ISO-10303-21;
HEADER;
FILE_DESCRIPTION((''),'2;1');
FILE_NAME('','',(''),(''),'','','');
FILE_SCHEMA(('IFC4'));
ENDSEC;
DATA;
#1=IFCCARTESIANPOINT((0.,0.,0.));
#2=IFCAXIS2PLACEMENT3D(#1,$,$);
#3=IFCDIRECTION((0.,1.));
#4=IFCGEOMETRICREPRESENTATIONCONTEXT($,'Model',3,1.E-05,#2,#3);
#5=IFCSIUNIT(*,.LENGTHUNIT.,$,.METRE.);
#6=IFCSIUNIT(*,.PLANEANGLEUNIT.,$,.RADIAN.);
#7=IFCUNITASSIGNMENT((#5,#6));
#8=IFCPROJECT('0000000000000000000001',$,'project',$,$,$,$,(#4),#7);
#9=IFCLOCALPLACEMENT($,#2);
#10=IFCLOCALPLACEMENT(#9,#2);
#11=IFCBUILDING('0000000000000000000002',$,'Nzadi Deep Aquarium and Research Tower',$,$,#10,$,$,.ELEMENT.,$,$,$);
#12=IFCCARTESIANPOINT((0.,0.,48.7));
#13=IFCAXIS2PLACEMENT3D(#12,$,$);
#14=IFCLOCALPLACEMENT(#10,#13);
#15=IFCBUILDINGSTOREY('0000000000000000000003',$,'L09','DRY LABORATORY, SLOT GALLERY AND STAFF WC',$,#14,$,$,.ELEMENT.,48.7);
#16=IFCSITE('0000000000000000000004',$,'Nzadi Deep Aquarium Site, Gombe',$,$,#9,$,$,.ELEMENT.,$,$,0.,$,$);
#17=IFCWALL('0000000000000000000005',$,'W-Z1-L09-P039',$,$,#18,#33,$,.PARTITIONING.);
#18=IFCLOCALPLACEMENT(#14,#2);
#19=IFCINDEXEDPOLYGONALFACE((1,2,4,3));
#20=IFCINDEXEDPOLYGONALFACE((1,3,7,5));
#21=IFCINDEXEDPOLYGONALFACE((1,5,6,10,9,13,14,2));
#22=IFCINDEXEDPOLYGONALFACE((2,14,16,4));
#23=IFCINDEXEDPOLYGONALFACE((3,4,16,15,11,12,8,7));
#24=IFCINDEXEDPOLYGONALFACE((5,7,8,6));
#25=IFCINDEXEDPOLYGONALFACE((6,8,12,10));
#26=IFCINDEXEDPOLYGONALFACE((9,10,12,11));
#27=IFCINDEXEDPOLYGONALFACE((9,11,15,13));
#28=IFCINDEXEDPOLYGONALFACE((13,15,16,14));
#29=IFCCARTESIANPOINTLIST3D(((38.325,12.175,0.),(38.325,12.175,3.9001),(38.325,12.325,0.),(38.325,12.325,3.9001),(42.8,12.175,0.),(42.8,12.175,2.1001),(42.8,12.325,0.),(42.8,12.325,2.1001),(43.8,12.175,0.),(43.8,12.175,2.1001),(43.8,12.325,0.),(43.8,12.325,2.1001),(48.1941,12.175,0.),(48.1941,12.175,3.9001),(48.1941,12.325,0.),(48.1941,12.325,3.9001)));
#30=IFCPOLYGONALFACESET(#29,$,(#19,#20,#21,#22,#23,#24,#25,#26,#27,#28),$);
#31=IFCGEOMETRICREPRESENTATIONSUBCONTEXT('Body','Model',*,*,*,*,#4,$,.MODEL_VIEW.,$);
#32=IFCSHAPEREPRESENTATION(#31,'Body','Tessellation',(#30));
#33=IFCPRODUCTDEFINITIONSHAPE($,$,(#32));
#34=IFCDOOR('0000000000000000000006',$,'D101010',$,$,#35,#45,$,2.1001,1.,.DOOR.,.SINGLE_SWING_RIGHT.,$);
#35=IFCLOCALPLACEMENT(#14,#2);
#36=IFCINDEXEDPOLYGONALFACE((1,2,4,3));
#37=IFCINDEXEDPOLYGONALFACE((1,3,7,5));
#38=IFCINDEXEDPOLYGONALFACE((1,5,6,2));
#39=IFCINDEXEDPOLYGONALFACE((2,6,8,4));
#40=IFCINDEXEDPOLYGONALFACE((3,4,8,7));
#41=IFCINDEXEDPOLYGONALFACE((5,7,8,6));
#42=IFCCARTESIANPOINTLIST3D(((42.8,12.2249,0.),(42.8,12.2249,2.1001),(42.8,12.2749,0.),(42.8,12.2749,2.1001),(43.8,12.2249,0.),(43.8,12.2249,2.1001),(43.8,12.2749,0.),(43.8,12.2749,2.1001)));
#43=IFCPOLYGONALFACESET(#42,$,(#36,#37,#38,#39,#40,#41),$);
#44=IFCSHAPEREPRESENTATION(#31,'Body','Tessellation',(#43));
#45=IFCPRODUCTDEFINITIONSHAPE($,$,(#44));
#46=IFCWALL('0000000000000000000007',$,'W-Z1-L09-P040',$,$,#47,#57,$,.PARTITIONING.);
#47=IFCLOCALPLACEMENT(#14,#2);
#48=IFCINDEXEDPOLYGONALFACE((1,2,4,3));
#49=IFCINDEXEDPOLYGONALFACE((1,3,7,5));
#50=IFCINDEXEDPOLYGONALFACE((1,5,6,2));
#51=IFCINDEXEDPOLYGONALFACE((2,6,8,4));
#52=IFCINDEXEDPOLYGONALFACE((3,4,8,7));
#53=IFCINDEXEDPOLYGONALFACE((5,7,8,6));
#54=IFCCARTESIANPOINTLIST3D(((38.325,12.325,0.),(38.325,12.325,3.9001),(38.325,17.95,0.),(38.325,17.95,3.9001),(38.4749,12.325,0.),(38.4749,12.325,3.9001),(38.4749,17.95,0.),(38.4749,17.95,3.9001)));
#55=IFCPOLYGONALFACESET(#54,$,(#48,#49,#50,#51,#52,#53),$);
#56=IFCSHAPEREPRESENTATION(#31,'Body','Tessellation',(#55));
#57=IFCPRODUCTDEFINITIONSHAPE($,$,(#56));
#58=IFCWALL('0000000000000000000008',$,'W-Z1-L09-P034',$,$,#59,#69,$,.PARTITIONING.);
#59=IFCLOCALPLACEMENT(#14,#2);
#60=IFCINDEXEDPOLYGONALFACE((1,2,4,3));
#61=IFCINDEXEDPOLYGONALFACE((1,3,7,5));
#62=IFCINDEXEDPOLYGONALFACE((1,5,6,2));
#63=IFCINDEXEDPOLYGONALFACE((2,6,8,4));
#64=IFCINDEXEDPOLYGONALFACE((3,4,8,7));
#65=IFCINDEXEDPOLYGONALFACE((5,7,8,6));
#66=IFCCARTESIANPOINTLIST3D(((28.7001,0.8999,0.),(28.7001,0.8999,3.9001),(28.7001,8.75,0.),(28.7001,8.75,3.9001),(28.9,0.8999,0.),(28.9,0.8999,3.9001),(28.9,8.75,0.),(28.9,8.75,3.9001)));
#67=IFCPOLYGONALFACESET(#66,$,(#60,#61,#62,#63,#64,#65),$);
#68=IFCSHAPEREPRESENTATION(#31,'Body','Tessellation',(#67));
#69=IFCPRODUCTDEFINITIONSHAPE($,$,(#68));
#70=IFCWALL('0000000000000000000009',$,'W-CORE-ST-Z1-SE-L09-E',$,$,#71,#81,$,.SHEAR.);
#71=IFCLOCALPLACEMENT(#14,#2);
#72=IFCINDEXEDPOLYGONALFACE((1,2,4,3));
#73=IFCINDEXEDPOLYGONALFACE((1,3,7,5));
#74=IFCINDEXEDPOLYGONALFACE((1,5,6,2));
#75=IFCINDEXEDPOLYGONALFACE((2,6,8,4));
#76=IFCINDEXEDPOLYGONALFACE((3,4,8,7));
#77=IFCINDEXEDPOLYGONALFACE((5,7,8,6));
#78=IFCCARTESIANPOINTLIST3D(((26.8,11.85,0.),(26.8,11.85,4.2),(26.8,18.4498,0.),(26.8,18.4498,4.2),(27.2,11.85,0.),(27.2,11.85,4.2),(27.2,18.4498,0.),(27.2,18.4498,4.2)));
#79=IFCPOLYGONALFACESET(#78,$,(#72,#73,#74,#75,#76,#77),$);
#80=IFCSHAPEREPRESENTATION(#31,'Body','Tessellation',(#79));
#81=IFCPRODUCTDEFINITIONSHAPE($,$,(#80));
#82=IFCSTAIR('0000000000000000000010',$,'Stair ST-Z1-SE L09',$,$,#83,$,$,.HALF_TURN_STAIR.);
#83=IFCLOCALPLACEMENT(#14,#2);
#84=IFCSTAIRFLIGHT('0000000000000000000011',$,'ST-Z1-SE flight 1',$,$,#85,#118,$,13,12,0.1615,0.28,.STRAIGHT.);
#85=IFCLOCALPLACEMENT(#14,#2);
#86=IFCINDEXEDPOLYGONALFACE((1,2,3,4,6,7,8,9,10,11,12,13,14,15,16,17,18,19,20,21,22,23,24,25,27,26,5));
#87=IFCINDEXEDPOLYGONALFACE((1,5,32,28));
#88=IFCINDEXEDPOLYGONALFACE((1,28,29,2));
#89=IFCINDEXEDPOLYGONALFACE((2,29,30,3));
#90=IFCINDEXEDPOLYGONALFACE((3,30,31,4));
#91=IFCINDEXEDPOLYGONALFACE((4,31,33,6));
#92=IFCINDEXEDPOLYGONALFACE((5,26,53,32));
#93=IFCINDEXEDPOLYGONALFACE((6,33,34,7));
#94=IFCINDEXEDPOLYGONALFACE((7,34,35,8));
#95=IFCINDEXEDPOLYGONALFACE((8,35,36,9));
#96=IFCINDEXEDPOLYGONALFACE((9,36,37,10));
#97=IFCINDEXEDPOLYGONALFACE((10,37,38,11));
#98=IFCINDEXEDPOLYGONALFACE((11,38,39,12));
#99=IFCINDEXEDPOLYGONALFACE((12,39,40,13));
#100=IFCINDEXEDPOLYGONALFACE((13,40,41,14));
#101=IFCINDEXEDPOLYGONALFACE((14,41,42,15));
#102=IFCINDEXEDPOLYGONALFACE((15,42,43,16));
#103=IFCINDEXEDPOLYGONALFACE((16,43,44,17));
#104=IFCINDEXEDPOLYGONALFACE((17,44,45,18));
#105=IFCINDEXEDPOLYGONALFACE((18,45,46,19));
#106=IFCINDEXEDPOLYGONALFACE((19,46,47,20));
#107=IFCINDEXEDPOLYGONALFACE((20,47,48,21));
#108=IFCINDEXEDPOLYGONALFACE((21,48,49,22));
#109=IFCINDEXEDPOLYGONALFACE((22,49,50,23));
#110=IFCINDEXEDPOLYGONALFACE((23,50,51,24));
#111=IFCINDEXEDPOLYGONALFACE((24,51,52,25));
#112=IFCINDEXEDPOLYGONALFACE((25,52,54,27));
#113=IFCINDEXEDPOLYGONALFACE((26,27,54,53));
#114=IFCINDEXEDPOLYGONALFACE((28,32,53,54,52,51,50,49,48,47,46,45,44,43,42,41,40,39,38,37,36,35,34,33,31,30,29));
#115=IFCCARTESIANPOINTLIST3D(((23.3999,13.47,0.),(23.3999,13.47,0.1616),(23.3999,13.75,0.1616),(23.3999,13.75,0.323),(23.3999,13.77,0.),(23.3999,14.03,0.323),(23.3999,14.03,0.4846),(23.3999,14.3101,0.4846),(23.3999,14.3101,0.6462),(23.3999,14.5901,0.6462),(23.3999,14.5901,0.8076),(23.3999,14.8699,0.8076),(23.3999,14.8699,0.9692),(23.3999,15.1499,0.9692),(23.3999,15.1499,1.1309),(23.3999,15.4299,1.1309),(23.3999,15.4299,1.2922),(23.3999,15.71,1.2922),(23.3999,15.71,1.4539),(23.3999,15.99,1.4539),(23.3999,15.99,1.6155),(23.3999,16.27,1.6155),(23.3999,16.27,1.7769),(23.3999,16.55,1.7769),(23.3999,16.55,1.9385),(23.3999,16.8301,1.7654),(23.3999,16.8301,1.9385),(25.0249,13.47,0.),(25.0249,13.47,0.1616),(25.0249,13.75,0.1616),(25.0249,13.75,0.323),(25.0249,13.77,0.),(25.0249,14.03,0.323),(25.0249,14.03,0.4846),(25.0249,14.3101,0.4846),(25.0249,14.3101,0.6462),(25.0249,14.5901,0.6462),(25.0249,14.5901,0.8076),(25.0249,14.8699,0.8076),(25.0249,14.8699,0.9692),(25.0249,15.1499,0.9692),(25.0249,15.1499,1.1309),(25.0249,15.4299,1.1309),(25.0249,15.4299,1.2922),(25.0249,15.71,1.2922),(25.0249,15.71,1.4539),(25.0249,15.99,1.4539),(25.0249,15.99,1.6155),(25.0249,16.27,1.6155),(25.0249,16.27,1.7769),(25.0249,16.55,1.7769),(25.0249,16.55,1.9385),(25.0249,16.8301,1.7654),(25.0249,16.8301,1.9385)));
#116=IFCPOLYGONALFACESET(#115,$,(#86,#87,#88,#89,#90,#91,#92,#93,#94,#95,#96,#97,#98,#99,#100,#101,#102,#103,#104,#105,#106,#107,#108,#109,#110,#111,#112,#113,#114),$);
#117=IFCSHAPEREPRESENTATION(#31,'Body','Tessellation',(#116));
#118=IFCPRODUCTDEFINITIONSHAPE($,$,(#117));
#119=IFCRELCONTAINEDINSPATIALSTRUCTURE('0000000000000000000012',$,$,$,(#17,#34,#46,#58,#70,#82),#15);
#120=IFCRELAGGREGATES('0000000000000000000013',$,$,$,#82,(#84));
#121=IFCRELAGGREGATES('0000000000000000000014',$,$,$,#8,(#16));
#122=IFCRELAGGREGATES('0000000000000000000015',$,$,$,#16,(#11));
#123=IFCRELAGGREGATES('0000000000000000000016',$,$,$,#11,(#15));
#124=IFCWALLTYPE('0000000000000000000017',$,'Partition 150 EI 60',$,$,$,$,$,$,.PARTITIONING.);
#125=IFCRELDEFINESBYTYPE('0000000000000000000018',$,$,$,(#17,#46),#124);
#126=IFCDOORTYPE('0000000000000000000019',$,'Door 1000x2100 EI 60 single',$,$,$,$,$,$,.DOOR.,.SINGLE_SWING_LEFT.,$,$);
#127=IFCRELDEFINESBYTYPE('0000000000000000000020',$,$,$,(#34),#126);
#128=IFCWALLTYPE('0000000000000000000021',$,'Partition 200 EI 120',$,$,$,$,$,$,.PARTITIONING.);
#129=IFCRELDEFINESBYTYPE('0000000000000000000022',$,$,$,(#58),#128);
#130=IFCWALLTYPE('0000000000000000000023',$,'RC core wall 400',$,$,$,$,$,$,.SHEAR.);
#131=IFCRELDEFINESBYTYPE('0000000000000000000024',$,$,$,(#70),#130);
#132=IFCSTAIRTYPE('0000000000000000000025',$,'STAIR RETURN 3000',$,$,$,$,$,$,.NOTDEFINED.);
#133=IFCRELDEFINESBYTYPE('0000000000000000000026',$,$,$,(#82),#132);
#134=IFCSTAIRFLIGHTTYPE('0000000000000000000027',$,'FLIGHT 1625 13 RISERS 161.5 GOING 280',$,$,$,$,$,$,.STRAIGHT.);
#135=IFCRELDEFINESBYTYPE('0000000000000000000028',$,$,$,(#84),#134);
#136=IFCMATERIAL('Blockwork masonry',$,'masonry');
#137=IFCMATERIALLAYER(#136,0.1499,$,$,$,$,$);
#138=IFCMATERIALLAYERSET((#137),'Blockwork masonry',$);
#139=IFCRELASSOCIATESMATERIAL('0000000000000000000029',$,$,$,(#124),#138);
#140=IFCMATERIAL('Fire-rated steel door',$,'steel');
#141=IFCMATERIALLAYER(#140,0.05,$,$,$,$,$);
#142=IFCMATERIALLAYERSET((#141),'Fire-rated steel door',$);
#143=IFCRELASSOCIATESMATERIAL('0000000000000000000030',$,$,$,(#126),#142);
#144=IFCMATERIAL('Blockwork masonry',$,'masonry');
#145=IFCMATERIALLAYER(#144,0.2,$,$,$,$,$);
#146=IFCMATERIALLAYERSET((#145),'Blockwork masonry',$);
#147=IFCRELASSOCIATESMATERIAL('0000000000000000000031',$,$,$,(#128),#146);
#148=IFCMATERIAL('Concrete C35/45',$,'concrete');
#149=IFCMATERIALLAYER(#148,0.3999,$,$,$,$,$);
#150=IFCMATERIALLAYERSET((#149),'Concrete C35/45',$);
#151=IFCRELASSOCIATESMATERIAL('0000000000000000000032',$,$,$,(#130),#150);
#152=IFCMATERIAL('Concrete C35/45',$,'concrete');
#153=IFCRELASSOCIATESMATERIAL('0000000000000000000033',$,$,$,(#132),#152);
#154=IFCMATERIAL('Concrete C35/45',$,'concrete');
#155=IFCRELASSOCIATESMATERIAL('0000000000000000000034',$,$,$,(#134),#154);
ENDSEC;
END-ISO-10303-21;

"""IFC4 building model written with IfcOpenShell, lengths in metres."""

from ifc_helpers import new_model, si_unit, direction, frame, frame_2d, origin, place, context, subcontext, project, spatial, polyline, rectangle, outline, extrude, material, layer, layer_set, type_object, element, fill, aggregate, save


model = new_model("IFC4")

# Units and contexts
model_context = context("Model", 3, precision=1e-05, world=origin(), true_north=direction((0.0, 1.0)))
body_context = subcontext(model_context, "Body", "Model", "MODEL_VIEW")
ifc_project = project(units=[si_unit("LENGTHUNIT", "METRE"), si_unit("PLANEANGLEUNIT", "RADIAN")], contexts=[model_context])

# Site, building, storey
site_placement = place(None, origin())
site = spatial("IfcSite", under=ifc_project, at=site_placement, Name="Nzadi Deep Aquarium Site, Gombe", CompositionType="ELEMENT", RefElevation=0.0)
building_placement = place(site_placement, origin())
building = spatial("IfcBuilding", under=site, at=building_placement, Name="Nzadi Deep Aquarium and Research Tower", CompositionType="ELEMENT")
storey_placement = place(building_placement, frame((0.0, 0.0, 48.7)))
storey = spatial("IfcBuildingStorey", under=building, at=storey_placement, Name="L09", Description="DRY LABORATORY, SLOT GALLERY AND STAFF WC", CompositionType="ELEMENT", Elevation=48.7)

# Wall, opening, door
ifc_material_1 = material(Name="Blockwork masonry", Category="masonry")
ifc_layer_1 = layer(ifc_material_1, 0.1499)
ifc_layer_set_1 = layer_set([ifc_layer_1], Name="Blockwork masonry")
wall_type_1 = type_object("IfcWallType", Name="Partition 150 EI 60", PredefinedType="PARTITIONING", material=ifc_layer_set_1)
wall_1_placement = place(storey_placement, frame((38.325, 12.25, 0.0), z_axis=(0.0, 0.0, 1.0), x_axis=(1.0, 0.0, 0.0)))
wall_1 = element("IfcWall", 1, at=wall_1_placement, inside=storey, type_object=wall_type_1, Name="W-Z1-L09-P039", PredefinedType="PARTITIONING", context=body_context, shape_type="SweptSolid", body=[
    extrude(rectangle(XDim=9.8691, YDim=0.1499, at=frame_2d((4.9346, 0.0))), origin(), (0.0, 0.0, 1.0), 3.9001),
])
opening_placement = place(wall_1_placement, frame((4.4751, 0.0, 0.0)))
opening = element("IfcOpeningElement", 2, at=opening_placement, cuts=wall_1, PredefinedType="OPENING", context=body_context, shape_type="SweptSolid", body=[
    extrude(rectangle(XDim=1.0, YDim=2.1001, at=frame_2d((0.5, 1.05))), frame((0.0, 0.085, 0.0), z_axis=(0.0, -1.0, 0.0), x_axis=(1.0, 0.0, 0.0)), (0.0, 0.0, 1.0), 0.1699),
])
ifc_material_2 = material(Name="Fire-rated steel door", Category="steel")
ifc_layer_2 = layer(ifc_material_2, 0.05)
ifc_layer_set_2 = layer_set([ifc_layer_2], Name="Fire-rated steel door")
door_type = type_object("IfcDoorType", Name="Door 1000x2100 EI 60 single", OperationType="SINGLE_SWING_LEFT", PredefinedType="DOOR", material=ifc_layer_set_2)
door_placement = place(opening_placement, origin())
door = element("IfcDoor", 3, at=door_placement, inside=storey, type_object=door_type, Name="D101010", OperationType="SINGLE_SWING_RIGHT", OverallHeight=2.1001, OverallWidth=1.0, PredefinedType="DOOR", context=body_context, shape_type="SweptSolid", body=[
    extrude(rectangle(XDim=1.0, YDim=2.1001, at=frame_2d((0.5, 1.05))), frame((0.0, 0.0249, 0.0), z_axis=(0.0, -1.0, 0.0), x_axis=(1.0, 0.0, 0.0)), (0.0, 0.0, 1.0), 0.05),
])
fill(opening, door)

# Walls
wall_2_placement = place(storey_placement, frame((38.3999, 12.325, 0.0), z_axis=(0.0, 0.0, 1.0), x_axis=(0.0, 1.0, 0.0)))
element("IfcWall", 4, at=wall_2_placement, inside=storey, type_object=wall_type_1, Name="W-Z1-L09-P040", PredefinedType="PARTITIONING", context=body_context, shape_type="SweptSolid", body=[
    extrude(rectangle(XDim=5.625, YDim=0.1499, at=frame_2d((2.8125, 0.0))), origin(), (0.0, 0.0, 1.0), 3.9001),
])
ifc_material_3 = material(Name="Blockwork masonry", Category="masonry")
ifc_layer_3 = layer(ifc_material_3, 0.2)
ifc_layer_set_3 = layer_set([ifc_layer_3], Name="Blockwork masonry")
wall_type_2 = type_object("IfcWallType", Name="Partition 200 EI 120", PredefinedType="PARTITIONING", material=ifc_layer_set_3)
wall_3_placement = place(storey_placement, frame((28.8, 0.8999, 0.0), z_axis=(0.0, 0.0, 1.0), x_axis=(0.0, 1.0, 0.0)))
element("IfcWall", 5, at=wall_3_placement, inside=storey, type_object=wall_type_2, Name="W-Z1-L09-P034", PredefinedType="PARTITIONING", context=body_context, shape_type="SweptSolid", body=[
    extrude(rectangle(XDim=7.8501, YDim=0.2, at=frame_2d((3.925, 0.0))), origin(), (0.0, 0.0, 1.0), 3.9001),
])
ifc_material_4 = material(Name="Concrete C35/45", Category="concrete")
ifc_layer_4 = layer(ifc_material_4, 0.3999)
ifc_layer_set_4 = layer_set([ifc_layer_4], Name="Concrete C35/45")
wall_type_3 = type_object("IfcWallType", Name="RC core wall 400", PredefinedType="SHEAR", material=ifc_layer_set_4)
wall_4_placement = place(storey_placement, frame((27.0, 11.8501, 0.0), z_axis=(0.0, 0.0, 1.0), x_axis=(0.0, 1.0, 0.0)))
element("IfcWall", 6, at=wall_4_placement, inside=storey, type_object=wall_type_3, Name="W-CORE-ST-Z1-SE-L09-E", PredefinedType="SHEAR", context=body_context, shape_type="SweptSolid", body=[
    extrude(rectangle(XDim=6.5999, YDim=0.3999, at=frame_2d((3.2998, 0.0))), origin(), (0.0, 0.0, 1.0), 4.2),
])

# Stair, stair flight
ifc_material_5 = material(Name="Concrete C35/45", Category="concrete")
stair_type = type_object("IfcStairType", Name="STAIR RETURN 3000", PredefinedType="NOTDEFINED", material=ifc_material_5)
stair_placement = place(storey_placement, origin())
stair = element("IfcStair", 7, at=stair_placement, inside=storey, type_object=stair_type, Name="Stair ST-Z1-SE L09", PredefinedType="HALF_TURN_STAIR")
ifc_material_6 = material(Name="Concrete C35/45", Category="concrete")
stair_flight_type = type_object("IfcStairFlightType", Name="FLIGHT 1625 13 RISERS 161.5 GOING 280", PredefinedType="STRAIGHT", material=ifc_material_6)
stair_flight_placement = place(storey_placement, frame((24.2124, 13.47, 0.0), z_axis=(0.0, 0.0, 1.0), x_axis=(0.0, 1.0, 0.0)))
stair_flight = element("IfcStairFlight", 8, at=stair_flight_placement, type_object=stair_flight_type, Name="ST-Z1-SE flight 1", NumberOfRisers=13, NumberOfTreads=12, PredefinedType="STRAIGHT", RiserHeight=0.1615, TreadLength=0.28, context=body_context, shape_type="SweptSolid", body=[
    extrude(outline(polyline([(0.0, 0.0), (0.0, 0.1616), (0.28, 0.1616), (0.28, 0.323), (0.5601, 0.323), (0.5601, 0.4846), (0.8401, 0.4846), (0.8401, 0.6462), (1.1201, 0.6462), (1.1201, 0.8076), (1.3999, 0.8076), (1.3999, 0.9692), (1.6799, 0.9692), (1.6799, 1.1309), (1.96, 1.1309), (1.96, 1.2922), (2.24, 1.2922), (2.24, 1.4539), (2.52, 1.4539), (2.52, 1.6155), (2.8, 1.6155), (2.8, 1.7769), (3.0801, 1.7769), (3.0801, 1.9385), (3.3601, 1.9385), (3.3601, 2.1001), (3.3601, 1.7654), (0.3, 0.0), (0.0, 0.0)])), frame((0.0, 0.8125, 0.0), z_axis=(0.0, -1.0, 0.0), x_axis=(1.0, 0.0, 0.0)), (0.0, 0.0, 1.0), 1.625),
])
aggregate(stair, [stair_flight])

save(model, "model.ifc")
